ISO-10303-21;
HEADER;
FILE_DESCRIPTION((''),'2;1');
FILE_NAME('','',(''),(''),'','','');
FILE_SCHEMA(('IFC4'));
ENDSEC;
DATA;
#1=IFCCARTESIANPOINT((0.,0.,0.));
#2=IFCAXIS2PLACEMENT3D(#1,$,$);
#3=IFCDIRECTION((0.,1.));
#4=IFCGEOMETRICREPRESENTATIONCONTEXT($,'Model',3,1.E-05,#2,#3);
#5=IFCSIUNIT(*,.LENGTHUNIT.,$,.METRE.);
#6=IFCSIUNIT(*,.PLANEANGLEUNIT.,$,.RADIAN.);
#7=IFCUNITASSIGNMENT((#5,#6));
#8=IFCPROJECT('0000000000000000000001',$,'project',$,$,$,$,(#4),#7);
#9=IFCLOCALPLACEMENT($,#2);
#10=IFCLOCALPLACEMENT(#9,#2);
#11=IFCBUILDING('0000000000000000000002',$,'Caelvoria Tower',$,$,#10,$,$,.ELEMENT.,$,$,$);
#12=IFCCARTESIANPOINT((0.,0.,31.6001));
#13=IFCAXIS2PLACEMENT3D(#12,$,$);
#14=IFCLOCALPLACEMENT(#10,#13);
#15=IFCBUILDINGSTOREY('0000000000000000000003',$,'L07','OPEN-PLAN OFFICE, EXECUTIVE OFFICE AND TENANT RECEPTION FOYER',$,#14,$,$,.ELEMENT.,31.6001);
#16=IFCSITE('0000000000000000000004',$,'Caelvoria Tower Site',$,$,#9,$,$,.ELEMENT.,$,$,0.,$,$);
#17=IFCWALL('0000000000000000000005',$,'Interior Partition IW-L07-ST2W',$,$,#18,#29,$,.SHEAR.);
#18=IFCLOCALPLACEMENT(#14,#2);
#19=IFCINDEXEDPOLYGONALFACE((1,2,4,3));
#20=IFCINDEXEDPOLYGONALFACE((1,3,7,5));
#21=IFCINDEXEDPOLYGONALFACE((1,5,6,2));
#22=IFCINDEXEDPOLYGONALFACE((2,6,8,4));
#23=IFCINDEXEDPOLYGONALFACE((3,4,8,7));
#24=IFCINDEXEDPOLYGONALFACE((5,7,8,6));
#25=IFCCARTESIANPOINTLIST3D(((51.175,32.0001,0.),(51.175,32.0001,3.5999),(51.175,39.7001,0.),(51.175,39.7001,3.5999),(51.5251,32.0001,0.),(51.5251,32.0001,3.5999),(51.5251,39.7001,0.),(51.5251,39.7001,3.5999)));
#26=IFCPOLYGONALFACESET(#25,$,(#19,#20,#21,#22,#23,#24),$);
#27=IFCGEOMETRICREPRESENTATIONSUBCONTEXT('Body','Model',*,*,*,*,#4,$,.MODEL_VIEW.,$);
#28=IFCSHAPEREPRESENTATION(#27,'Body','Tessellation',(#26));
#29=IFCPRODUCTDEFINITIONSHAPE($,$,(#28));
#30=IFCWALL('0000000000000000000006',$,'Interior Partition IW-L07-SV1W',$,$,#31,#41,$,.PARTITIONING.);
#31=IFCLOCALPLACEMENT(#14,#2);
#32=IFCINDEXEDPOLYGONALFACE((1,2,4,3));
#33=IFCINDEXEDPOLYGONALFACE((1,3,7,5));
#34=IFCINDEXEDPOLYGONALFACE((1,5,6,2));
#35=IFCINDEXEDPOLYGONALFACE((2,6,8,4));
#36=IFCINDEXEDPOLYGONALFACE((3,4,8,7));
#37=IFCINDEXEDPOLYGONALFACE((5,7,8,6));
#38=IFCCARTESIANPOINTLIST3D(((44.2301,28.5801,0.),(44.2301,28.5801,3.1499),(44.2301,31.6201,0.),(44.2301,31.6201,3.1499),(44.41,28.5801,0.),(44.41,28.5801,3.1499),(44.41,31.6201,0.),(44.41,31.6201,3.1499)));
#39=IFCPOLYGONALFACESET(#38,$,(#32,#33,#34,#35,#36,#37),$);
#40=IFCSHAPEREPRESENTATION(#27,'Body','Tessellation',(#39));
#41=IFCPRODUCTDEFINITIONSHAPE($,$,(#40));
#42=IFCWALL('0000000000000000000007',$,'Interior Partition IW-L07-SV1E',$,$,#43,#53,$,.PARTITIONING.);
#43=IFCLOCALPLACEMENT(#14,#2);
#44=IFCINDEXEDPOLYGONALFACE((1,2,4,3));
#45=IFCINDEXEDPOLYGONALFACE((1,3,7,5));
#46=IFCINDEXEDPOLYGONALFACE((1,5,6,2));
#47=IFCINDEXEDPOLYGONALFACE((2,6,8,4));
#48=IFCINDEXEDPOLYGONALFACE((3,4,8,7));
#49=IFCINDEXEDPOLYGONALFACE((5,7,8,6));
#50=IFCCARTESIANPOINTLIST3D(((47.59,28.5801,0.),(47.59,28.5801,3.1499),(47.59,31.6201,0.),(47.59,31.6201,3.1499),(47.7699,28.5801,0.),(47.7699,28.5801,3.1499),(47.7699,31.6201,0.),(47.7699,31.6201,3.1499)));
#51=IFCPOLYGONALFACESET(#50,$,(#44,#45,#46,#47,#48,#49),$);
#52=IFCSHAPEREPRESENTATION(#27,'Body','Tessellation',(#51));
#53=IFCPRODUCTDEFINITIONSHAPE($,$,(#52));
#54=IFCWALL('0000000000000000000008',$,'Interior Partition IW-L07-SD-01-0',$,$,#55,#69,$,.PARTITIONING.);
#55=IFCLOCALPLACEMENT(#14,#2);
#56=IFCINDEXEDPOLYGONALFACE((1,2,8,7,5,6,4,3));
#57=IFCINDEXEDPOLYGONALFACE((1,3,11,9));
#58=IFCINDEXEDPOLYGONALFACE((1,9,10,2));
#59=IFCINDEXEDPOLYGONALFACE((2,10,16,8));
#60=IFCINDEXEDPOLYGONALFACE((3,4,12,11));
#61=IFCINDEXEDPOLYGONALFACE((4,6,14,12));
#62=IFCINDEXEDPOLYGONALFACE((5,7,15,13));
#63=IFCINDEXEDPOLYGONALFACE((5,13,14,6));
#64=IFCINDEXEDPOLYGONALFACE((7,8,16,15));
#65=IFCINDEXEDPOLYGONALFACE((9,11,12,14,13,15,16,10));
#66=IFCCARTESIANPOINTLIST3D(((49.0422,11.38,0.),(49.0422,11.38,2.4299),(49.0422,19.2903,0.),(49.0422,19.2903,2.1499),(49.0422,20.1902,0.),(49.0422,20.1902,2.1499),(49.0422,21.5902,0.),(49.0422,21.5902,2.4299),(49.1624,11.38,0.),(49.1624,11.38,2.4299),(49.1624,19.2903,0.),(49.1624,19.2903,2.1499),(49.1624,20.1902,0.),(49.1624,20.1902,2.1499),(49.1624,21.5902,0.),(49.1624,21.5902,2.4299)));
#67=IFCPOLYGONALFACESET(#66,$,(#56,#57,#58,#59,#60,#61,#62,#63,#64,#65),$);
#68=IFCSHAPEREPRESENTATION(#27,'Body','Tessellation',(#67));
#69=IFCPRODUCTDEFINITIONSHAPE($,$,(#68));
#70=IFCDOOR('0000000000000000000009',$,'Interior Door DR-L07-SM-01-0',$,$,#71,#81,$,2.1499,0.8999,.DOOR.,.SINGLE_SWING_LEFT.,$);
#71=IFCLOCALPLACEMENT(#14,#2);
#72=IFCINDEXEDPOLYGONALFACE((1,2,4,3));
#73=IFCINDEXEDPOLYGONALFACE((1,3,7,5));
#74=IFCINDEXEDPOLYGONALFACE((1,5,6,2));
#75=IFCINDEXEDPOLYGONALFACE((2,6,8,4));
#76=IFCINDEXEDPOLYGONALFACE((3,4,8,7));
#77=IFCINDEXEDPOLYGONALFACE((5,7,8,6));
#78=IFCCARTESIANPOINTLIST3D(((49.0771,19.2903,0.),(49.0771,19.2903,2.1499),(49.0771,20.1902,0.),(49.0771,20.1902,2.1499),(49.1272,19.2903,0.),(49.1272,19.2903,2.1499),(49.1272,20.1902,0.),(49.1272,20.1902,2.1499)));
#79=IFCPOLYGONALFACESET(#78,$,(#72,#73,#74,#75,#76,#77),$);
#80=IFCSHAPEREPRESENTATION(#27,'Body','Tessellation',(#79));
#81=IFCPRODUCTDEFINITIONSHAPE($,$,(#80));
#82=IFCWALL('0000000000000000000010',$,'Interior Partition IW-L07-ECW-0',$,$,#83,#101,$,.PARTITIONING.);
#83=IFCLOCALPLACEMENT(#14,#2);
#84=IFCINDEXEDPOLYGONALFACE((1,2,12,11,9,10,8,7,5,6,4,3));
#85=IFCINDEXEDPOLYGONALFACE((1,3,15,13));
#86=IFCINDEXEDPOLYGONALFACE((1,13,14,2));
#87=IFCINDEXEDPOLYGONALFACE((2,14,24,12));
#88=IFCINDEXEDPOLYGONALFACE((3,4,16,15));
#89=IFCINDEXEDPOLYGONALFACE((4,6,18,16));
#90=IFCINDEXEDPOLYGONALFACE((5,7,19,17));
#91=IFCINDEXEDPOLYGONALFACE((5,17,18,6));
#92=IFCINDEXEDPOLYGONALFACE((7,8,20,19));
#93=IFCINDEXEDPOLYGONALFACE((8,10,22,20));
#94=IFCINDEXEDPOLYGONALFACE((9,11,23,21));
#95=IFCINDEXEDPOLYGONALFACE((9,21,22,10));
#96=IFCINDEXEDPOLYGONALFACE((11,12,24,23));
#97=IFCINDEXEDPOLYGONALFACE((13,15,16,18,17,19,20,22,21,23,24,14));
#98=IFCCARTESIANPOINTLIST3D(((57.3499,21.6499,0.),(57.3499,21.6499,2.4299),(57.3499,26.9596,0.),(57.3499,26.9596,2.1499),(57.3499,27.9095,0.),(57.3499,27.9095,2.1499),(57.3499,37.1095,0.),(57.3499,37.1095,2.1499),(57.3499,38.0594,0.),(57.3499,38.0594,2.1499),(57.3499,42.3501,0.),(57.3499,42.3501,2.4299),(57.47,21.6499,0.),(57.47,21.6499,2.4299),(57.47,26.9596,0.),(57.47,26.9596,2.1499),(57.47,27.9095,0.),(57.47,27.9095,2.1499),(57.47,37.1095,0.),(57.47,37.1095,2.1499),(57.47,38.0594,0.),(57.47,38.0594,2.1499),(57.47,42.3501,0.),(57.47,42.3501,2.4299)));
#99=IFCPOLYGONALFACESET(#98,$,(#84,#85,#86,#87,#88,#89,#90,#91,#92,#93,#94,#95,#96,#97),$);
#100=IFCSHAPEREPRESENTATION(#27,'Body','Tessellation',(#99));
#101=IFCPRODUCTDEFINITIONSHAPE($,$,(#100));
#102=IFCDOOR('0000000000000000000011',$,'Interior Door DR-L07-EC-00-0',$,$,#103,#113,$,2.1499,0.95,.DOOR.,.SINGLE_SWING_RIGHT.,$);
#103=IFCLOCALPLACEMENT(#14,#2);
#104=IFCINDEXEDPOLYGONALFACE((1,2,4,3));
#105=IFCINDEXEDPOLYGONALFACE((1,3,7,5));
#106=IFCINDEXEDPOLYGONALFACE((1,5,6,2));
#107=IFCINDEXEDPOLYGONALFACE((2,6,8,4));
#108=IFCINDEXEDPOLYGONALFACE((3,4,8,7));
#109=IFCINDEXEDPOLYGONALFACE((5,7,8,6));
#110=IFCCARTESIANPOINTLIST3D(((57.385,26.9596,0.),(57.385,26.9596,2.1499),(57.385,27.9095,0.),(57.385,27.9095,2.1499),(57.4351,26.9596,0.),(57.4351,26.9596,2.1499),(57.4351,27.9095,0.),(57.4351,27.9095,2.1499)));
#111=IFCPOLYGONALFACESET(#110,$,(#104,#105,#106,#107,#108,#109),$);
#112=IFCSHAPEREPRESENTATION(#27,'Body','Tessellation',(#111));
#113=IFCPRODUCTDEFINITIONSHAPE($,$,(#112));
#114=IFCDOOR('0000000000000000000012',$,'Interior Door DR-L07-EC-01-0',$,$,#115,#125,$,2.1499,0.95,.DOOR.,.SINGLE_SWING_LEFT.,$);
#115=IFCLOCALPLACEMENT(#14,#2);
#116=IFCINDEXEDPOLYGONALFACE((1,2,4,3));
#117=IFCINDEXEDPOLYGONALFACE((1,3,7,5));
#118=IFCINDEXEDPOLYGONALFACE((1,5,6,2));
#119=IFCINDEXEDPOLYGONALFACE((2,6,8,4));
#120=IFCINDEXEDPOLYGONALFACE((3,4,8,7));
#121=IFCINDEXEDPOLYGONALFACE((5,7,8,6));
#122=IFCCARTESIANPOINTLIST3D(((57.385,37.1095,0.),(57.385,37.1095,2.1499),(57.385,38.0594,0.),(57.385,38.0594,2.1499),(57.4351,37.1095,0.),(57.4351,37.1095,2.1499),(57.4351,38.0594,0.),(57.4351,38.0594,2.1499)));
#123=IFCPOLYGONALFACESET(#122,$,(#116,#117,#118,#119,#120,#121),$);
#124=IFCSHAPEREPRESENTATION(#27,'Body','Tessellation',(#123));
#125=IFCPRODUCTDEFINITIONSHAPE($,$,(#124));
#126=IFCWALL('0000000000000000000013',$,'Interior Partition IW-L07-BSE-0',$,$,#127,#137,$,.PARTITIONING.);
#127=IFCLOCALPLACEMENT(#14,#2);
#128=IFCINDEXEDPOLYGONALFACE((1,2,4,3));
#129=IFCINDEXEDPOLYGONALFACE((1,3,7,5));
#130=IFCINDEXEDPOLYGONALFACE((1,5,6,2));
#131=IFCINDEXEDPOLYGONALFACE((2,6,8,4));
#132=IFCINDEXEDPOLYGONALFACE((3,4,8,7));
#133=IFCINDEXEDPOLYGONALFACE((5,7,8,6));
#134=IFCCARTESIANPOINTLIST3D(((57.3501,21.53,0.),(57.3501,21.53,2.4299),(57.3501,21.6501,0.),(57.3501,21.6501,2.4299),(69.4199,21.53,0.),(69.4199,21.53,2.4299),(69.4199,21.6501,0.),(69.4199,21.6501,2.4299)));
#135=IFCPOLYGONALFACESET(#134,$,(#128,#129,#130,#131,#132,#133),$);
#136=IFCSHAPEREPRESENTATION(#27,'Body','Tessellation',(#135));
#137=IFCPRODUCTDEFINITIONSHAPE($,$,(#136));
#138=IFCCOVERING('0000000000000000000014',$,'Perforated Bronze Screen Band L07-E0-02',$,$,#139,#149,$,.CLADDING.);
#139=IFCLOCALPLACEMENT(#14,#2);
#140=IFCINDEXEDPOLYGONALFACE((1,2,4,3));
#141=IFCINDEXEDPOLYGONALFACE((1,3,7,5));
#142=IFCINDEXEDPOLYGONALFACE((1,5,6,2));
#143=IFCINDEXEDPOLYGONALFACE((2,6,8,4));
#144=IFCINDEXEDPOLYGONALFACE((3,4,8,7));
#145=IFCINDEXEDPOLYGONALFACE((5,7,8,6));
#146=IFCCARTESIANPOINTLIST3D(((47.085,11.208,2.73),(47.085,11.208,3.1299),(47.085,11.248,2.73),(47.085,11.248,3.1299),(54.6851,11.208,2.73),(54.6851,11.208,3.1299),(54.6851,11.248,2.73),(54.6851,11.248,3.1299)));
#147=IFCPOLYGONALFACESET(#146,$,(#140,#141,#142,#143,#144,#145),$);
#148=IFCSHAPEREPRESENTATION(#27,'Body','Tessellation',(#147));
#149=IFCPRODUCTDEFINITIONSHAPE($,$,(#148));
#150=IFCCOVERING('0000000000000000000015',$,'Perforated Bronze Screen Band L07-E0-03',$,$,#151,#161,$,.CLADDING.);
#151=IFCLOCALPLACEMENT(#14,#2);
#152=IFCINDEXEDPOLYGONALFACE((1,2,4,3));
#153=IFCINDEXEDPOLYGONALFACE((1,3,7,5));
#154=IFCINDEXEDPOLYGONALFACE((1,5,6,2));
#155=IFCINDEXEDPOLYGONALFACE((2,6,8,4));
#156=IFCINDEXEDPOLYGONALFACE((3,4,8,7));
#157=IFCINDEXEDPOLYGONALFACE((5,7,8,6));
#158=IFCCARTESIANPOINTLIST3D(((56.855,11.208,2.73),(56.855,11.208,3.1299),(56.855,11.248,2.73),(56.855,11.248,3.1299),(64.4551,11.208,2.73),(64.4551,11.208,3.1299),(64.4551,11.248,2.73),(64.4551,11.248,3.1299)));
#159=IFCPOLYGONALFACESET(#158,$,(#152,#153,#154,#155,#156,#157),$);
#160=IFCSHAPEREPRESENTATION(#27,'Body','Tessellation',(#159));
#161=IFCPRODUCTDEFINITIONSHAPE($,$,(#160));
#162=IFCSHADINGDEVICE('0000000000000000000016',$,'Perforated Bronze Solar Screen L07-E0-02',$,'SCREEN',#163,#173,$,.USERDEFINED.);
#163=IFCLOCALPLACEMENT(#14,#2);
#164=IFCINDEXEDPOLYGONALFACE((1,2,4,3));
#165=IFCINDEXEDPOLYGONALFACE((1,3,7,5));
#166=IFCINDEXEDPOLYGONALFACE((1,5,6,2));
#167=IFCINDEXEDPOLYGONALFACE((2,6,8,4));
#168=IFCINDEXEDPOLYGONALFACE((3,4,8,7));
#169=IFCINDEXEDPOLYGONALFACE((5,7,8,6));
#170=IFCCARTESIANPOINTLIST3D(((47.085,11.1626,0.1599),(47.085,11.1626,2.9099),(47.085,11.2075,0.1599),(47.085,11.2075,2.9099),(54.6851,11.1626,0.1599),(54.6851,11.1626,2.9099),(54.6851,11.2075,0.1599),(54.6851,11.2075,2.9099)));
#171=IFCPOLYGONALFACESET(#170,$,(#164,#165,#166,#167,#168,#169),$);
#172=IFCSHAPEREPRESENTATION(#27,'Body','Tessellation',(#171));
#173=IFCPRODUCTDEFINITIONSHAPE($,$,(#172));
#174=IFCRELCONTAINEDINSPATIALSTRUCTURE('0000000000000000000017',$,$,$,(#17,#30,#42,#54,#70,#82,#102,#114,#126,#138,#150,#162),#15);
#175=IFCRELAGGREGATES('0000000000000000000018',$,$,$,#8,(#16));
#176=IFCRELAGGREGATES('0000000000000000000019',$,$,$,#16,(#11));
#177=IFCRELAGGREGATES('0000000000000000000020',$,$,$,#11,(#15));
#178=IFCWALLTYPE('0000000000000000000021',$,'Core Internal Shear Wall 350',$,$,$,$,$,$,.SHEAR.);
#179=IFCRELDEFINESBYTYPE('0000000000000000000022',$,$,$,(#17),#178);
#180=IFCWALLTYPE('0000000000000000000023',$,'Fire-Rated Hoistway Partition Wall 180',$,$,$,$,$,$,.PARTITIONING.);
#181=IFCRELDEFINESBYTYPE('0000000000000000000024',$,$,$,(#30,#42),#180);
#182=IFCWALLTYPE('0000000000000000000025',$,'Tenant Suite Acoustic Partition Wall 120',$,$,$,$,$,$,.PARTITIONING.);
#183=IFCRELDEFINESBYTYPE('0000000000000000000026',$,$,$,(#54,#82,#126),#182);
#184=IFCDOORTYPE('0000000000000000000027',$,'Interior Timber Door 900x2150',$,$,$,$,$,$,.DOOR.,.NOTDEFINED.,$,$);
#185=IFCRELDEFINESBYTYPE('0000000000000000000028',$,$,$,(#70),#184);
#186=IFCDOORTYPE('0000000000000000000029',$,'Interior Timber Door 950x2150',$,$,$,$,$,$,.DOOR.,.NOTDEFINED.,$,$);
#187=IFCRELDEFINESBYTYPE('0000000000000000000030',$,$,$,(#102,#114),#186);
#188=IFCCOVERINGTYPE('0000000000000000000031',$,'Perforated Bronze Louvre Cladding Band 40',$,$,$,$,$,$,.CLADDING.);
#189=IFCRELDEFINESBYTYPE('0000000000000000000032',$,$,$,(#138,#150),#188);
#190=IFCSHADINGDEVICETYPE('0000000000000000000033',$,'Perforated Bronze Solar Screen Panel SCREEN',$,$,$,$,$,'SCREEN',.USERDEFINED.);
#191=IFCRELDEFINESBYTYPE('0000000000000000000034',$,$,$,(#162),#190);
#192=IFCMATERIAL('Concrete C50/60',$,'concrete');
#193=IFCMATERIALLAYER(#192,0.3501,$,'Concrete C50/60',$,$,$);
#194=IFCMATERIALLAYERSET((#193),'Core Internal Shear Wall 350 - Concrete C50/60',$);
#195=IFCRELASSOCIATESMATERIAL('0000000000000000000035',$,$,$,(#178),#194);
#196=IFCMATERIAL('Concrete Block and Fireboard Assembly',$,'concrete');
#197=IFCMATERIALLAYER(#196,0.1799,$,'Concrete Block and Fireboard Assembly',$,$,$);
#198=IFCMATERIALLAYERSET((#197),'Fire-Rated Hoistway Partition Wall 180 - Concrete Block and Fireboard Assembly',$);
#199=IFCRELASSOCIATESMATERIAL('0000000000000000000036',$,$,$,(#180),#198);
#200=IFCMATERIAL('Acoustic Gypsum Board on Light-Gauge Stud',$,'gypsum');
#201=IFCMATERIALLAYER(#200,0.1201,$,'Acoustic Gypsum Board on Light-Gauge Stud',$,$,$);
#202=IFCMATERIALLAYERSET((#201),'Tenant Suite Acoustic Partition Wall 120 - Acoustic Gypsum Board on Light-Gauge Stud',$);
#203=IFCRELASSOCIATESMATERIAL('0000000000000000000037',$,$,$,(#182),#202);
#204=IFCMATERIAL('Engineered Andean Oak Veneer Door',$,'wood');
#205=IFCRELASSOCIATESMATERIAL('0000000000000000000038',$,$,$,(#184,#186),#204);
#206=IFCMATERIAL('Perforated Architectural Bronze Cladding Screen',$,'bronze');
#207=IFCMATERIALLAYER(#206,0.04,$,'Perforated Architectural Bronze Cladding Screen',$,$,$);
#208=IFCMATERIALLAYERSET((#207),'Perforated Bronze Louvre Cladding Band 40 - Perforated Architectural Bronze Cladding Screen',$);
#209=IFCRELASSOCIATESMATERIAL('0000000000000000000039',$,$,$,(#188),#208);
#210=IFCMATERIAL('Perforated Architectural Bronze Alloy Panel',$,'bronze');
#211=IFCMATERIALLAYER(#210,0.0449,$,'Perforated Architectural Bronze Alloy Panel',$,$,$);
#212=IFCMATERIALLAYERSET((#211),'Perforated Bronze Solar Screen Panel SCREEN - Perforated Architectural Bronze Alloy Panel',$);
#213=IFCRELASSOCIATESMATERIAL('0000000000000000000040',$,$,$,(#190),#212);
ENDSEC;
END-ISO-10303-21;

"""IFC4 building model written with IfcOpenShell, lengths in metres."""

from ifc_helpers import new_model, si_unit, direction, frame, frame_2d, origin, origin_2d, place, context, subcontext, project, spatial, rectangle, extrude, material, layer, layer_set, type_object, element, fill, save


model = new_model("IFC4")

# Units and contexts
model_context = context("Model", 3, precision=1e-05, world=origin(), true_north=direction((0.0, 1.0)))
body_context = subcontext(model_context, "Body", "Model", "MODEL_VIEW")
ifc_project = project(units=[si_unit("LENGTHUNIT", "METRE"), si_unit("PLANEANGLEUNIT", "RADIAN")], contexts=[model_context])

# Site, building, storey
site_placement = place(None, origin())
site = spatial("IfcSite", under=ifc_project, at=site_placement, Name="Caelvoria Tower Site", CompositionType="ELEMENT", RefElevation=0.0)
building_placement = place(site_placement, origin())
building = spatial("IfcBuilding", under=site, at=building_placement, Name="Caelvoria Tower", CompositionType="ELEMENT")
storey_placement = place(building_placement, frame((0.0, 0.0, 31.6001)))
storey = spatial("IfcBuildingStorey", under=building, at=storey_placement, Name="L07", Description="OPEN-PLAN OFFICE, EXECUTIVE OFFICE AND TENANT RECEPTION FOYER", CompositionType="ELEMENT", Elevation=31.6001)

# Walls
ifc_material_1 = material(Name="Concrete C50/60", Category="concrete")
ifc_layer_1 = layer(ifc_material_1, 0.3501, Name="Concrete C50/60")
ifc_layer_set_1 = layer_set([ifc_layer_1], Name="Core Internal Shear Wall 350 - Concrete C50/60")
wall_type_1 = type_object("IfcWallType", Name="Core Internal Shear Wall 350", PredefinedType="SHEAR", material=ifc_layer_set_1)
wall_1_placement = place(storey_placement, frame((51.3501, 32.0, 0.0), z_axis=(0.0, 0.0, 1.0), x_axis=(0.0, 1.0, 0.0)))
element("IfcWall", 1, at=wall_1_placement, inside=storey, type_object=wall_type_1, Name="Interior Partition IW-L07-ST2W", PredefinedType="SHEAR", context=body_context, shape_type="SweptSolid", body=[
    extrude(rectangle(XDim=7.7, YDim=0.3501, at=frame_2d((3.8501, 0.0))), origin(), (0.0, 0.0, 1.0), 3.5999),
])
ifc_material_2 = material(Name="Concrete Block and Fireboard Assembly", Category="concrete")
ifc_layer_2 = layer(ifc_material_2, 0.1799, Name="Concrete Block and Fireboard Assembly")
ifc_layer_set_2 = layer_set([ifc_layer_2], Name="Fire-Rated Hoistway Partition Wall 180 - Concrete Block and Fireboard Assembly")
wall_type_2 = type_object("IfcWallType", Name="Fire-Rated Hoistway Partition Wall 180", PredefinedType="PARTITIONING", material=ifc_layer_set_2)
for number, where, z_axis, x_axis, name in (
    (2, (44.3201, 28.5801, 0.0), (0.0, 0.0, 1.0), (0.0, 1.0, 0.0), "Interior Partition IW-L07-SV1W"),
    (3, (47.6799, 28.5801, 0.0), (0.0, 0.0, 1.0), (0.0, 1.0, 0.0), "Interior Partition IW-L07-SV1E"),
):
    element("IfcWall", number, at=place(storey_placement, frame(where, z_axis=z_axis, x_axis=x_axis)), inside=storey, type_object=wall_type_2, Name=name, PredefinedType="PARTITIONING", context=body_context, shape_type="SweptSolid", body=[
        extrude(rectangle(XDim=3.04, YDim=0.1799, at=frame_2d((1.52, 0.0))), origin(), (0.0, 0.0, 1.0), 3.1499),
    ])

# Wall, opening, door
ifc_material_3 = material(Name="Acoustic Gypsum Board on Light-Gauge Stud", Category="gypsum")
ifc_layer_3 = layer(ifc_material_3, 0.1201, Name="Acoustic Gypsum Board on Light-Gauge Stud")
ifc_layer_set_3 = layer_set([ifc_layer_3], Name="Tenant Suite Acoustic Partition Wall 120 - Acoustic Gypsum Board on Light-Gauge Stud")
wall_type_3 = type_object("IfcWallType", Name="Tenant Suite Acoustic Partition Wall 120", PredefinedType="PARTITIONING", material=ifc_layer_set_3)
wall_2_placement = place(storey_placement, frame((49.1023, 21.5901, 0.0), z_axis=(0.0, 0.0, 1.0), x_axis=(0.0, -1.0, 0.0)))
wall_2 = element("IfcWall", 4, at=wall_2_placement, inside=storey, type_object=wall_type_3, Name="Interior Partition IW-L07-SD-01-0", PredefinedType="PARTITIONING", context=body_context, shape_type="SweptSolid", body=[
    extrude(rectangle(XDim=10.2102, YDim=0.1201, at=frame_2d((5.105, 0.0))), origin(), (0.0, 0.0, 1.0), 2.4299),
])
opening_1_placement = place(wall_2_placement, frame((1.3999, 0.0, 0.0)))
opening_1 = element("IfcOpeningElement", 5, at=opening_1_placement, cuts=wall_2, PredefinedType="OPENING", context=body_context, shape_type="SweptSolid", body=[
    extrude(rectangle(XDim=0.8999, YDim=2.1499, at=frame_2d((0.45, 1.075))), frame((0.0, 0.0701, 0.0), z_axis=(0.0, -1.0, 0.0), x_axis=(1.0, 0.0, 0.0)), (0.0, 0.0, 1.0), 0.1401),
])
ifc_material_4 = material(Name="Engineered Andean Oak Veneer Door", Category="wood")
door_type_1 = type_object("IfcDoorType", Name="Interior Timber Door 900x2150", OperationType="NOTDEFINED", PredefinedType="DOOR", material=ifc_material_4)
door_1_placement = place(opening_1_placement, origin())
door_1 = element("IfcDoor", 6, at=door_1_placement, inside=storey, type_object=door_type_1, Name="Interior Door DR-L07-SM-01-0", OperationType="SINGLE_SWING_LEFT", OverallHeight=2.1499, OverallWidth=0.8999, PredefinedType="DOOR", context=body_context, shape_type="SweptSolid", body=[
    extrude(rectangle(XDim=0.8999, YDim=2.1499, at=frame_2d((0.45, 1.075))), frame((0.0, 0.0249, 0.0), z_axis=(0.0, -1.0, 0.0), x_axis=(1.0, 0.0, 0.0)), (0.0, 0.0, 1.0), 0.05),
])
fill(opening_1, door_1)

# Wall, openings, doors
wall_3_placement = place(storey_placement, frame((57.4099, 21.6499, 0.0), z_axis=(0.0, 0.0, 1.0), x_axis=(0.0, 1.0, 0.0)))
wall_3 = element("IfcWall", 7, at=wall_3_placement, inside=storey, type_object=wall_type_3, Name="Interior Partition IW-L07-ECW-0", PredefinedType="PARTITIONING", context=body_context, shape_type="SweptSolid", body=[
    extrude(rectangle(XDim=20.7002, YDim=0.1201, at=frame_2d((10.3501, 0.0))), origin(), (0.0, 0.0, 1.0), 2.4299),
])
opening_2_placement = place(wall_3_placement, frame((5.3096, 0.0, 0.0)))
opening_2 = element("IfcOpeningElement", 8, at=opening_2_placement, cuts=wall_3, PredefinedType="OPENING", context=body_context, shape_type="SweptSolid", body=[
    extrude(rectangle(XDim=0.95, YDim=2.1499, at=frame_2d((0.4751, 1.075))), frame((0.0, 0.0701, 0.0), z_axis=(0.0, -1.0, 0.0), x_axis=(1.0, 0.0, 0.0)), (0.0, 0.0, 1.0), 0.1401),
])
opening_3_placement = place(wall_3_placement, frame((15.4595, 0.0, 0.0)))
opening_3 = element("IfcOpeningElement", 9, at=opening_3_placement, cuts=wall_3, PredefinedType="OPENING", context=body_context, shape_type="SweptSolid", body=[
    extrude(rectangle(XDim=0.95, YDim=2.1499, at=frame_2d((0.4751, 1.075))), frame((0.0, 0.0701, 0.0), z_axis=(0.0, -1.0, 0.0), x_axis=(1.0, 0.0, 0.0)), (0.0, 0.0, 1.0), 0.1401),
])
door_type_2 = type_object("IfcDoorType", Name="Interior Timber Door 950x2150", OperationType="NOTDEFINED", PredefinedType="DOOR", material=ifc_material_4)
door_2_placement = place(opening_2_placement, origin())
door_2 = element("IfcDoor", 10, at=door_2_placement, inside=storey, type_object=door_type_2, Name="Interior Door DR-L07-EC-00-0", OperationType="SINGLE_SWING_RIGHT", OverallHeight=2.1499, OverallWidth=0.95, PredefinedType="DOOR", context=body_context, shape_type="SweptSolid", body=[
    extrude(rectangle(XDim=0.95, YDim=2.1499, at=frame_2d((0.4751, 1.075))), frame((0.0, 0.0249, 0.0), z_axis=(0.0, -1.0, 0.0), x_axis=(1.0, 0.0, 0.0)), (0.0, 0.0, 1.0), 0.05),
])
fill(opening_2, door_2)
door_3_placement = place(opening_3_placement, origin())
door_3 = element("IfcDoor", 11, at=door_3_placement, inside=storey, type_object=door_type_2, Name="Interior Door DR-L07-EC-01-0", OperationType="SINGLE_SWING_LEFT", OverallHeight=2.1499, OverallWidth=0.95, PredefinedType="DOOR", context=body_context, shape_type="SweptSolid", body=[
    extrude(rectangle(XDim=0.95, YDim=2.1499, at=frame_2d((0.4751, 1.075))), frame((0.0, 0.0249, 0.0), z_axis=(0.0, -1.0, 0.0), x_axis=(1.0, 0.0, 0.0)), (0.0, 0.0, 1.0), 0.05),
])
fill(opening_3, door_3)

# Wall
wall_4_placement = place(storey_placement, frame((57.3501, 21.5901, 0.0), z_axis=(0.0, 0.0, 1.0), x_axis=(1.0, 0.0, 0.0)))
element("IfcWall", 12, at=wall_4_placement, inside=storey, type_object=wall_type_3, Name="Interior Partition IW-L07-BSE-0", PredefinedType="PARTITIONING", context=body_context, shape_type="SweptSolid", body=[
    extrude(rectangle(XDim=12.0698, YDim=0.1201, at=frame_2d((6.0349, 0.0))), origin(), (0.0, 0.0, 1.0), 2.4299),
])

# Coverings
ifc_material_5 = material(Name="Perforated Architectural Bronze Cladding Screen", Category="bronze")
ifc_layer_4 = layer(ifc_material_5, 0.04, Name="Perforated Architectural Bronze Cladding Screen")
ifc_layer_set_4 = layer_set([ifc_layer_4], Name="Perforated Bronze Louvre Cladding Band 40 - Perforated Architectural Bronze Cladding Screen")
covering_type = type_object("IfcCoveringType", Name="Perforated Bronze Louvre Cladding Band 40", PredefinedType="CLADDING", material=ifc_layer_set_4)
for number, where, z_axis, x_axis, name in (
    (13, (50.885, 11.228, 2.73), (0.0, 0.0, 1.0), (1.0, 0.0, 0.0), "Perforated Bronze Screen Band L07-E0-02"),
    (14, (60.655, 11.228, 2.73), (0.0, 0.0, 1.0), (1.0, 0.0, 0.0), "Perforated Bronze Screen Band L07-E0-03"),
):
    element("IfcCovering", number, at=place(storey_placement, frame(where, z_axis=z_axis, x_axis=x_axis)), inside=storey, type_object=covering_type, Name=name, PredefinedType="CLADDING", context=body_context, shape_type="SweptSolid", body=[
        extrude(rectangle(XDim=7.6001, YDim=0.04, at=origin_2d()), origin(), (0.0, 0.0, 1.0), 0.3999),
    ])

# Shading device
ifc_material_6 = material(Name="Perforated Architectural Bronze Alloy Panel", Category="bronze")
ifc_layer_5 = layer(ifc_material_6, 0.0449, Name="Perforated Architectural Bronze Alloy Panel")
ifc_layer_set_5 = layer_set([ifc_layer_5], Name="Perforated Bronze Solar Screen Panel SCREEN - Perforated Architectural Bronze Alloy Panel")
shading_device_type = type_object("IfcShadingDeviceType", Name="Perforated Bronze Solar Screen Panel SCREEN", ElementType="SCREEN", PredefinedType="USERDEFINED", material=ifc_layer_set_5)
for number, where, z_axis, x_axis, name in (
    (15, (50.885, 11.1851, 0.1599), (0.0, 0.0, 1.0), (1.0, 0.0, 0.0), "Perforated Bronze Solar Screen L07-E0-02"),
):
    element("IfcShadingDevice", number, at=place(storey_placement, frame(where, z_axis=z_axis, x_axis=x_axis)), inside=storey, type_object=shading_device_type, Name=name, ObjectType="SCREEN", PredefinedType="USERDEFINED", context=body_context, shape_type="SweptSolid", body=[
        extrude(rectangle(XDim=7.6001, YDim=0.0449, at=origin_2d()), origin(), (0.0, 0.0, 1.0), 2.75),
    ])

save(model, "model.ifc")
